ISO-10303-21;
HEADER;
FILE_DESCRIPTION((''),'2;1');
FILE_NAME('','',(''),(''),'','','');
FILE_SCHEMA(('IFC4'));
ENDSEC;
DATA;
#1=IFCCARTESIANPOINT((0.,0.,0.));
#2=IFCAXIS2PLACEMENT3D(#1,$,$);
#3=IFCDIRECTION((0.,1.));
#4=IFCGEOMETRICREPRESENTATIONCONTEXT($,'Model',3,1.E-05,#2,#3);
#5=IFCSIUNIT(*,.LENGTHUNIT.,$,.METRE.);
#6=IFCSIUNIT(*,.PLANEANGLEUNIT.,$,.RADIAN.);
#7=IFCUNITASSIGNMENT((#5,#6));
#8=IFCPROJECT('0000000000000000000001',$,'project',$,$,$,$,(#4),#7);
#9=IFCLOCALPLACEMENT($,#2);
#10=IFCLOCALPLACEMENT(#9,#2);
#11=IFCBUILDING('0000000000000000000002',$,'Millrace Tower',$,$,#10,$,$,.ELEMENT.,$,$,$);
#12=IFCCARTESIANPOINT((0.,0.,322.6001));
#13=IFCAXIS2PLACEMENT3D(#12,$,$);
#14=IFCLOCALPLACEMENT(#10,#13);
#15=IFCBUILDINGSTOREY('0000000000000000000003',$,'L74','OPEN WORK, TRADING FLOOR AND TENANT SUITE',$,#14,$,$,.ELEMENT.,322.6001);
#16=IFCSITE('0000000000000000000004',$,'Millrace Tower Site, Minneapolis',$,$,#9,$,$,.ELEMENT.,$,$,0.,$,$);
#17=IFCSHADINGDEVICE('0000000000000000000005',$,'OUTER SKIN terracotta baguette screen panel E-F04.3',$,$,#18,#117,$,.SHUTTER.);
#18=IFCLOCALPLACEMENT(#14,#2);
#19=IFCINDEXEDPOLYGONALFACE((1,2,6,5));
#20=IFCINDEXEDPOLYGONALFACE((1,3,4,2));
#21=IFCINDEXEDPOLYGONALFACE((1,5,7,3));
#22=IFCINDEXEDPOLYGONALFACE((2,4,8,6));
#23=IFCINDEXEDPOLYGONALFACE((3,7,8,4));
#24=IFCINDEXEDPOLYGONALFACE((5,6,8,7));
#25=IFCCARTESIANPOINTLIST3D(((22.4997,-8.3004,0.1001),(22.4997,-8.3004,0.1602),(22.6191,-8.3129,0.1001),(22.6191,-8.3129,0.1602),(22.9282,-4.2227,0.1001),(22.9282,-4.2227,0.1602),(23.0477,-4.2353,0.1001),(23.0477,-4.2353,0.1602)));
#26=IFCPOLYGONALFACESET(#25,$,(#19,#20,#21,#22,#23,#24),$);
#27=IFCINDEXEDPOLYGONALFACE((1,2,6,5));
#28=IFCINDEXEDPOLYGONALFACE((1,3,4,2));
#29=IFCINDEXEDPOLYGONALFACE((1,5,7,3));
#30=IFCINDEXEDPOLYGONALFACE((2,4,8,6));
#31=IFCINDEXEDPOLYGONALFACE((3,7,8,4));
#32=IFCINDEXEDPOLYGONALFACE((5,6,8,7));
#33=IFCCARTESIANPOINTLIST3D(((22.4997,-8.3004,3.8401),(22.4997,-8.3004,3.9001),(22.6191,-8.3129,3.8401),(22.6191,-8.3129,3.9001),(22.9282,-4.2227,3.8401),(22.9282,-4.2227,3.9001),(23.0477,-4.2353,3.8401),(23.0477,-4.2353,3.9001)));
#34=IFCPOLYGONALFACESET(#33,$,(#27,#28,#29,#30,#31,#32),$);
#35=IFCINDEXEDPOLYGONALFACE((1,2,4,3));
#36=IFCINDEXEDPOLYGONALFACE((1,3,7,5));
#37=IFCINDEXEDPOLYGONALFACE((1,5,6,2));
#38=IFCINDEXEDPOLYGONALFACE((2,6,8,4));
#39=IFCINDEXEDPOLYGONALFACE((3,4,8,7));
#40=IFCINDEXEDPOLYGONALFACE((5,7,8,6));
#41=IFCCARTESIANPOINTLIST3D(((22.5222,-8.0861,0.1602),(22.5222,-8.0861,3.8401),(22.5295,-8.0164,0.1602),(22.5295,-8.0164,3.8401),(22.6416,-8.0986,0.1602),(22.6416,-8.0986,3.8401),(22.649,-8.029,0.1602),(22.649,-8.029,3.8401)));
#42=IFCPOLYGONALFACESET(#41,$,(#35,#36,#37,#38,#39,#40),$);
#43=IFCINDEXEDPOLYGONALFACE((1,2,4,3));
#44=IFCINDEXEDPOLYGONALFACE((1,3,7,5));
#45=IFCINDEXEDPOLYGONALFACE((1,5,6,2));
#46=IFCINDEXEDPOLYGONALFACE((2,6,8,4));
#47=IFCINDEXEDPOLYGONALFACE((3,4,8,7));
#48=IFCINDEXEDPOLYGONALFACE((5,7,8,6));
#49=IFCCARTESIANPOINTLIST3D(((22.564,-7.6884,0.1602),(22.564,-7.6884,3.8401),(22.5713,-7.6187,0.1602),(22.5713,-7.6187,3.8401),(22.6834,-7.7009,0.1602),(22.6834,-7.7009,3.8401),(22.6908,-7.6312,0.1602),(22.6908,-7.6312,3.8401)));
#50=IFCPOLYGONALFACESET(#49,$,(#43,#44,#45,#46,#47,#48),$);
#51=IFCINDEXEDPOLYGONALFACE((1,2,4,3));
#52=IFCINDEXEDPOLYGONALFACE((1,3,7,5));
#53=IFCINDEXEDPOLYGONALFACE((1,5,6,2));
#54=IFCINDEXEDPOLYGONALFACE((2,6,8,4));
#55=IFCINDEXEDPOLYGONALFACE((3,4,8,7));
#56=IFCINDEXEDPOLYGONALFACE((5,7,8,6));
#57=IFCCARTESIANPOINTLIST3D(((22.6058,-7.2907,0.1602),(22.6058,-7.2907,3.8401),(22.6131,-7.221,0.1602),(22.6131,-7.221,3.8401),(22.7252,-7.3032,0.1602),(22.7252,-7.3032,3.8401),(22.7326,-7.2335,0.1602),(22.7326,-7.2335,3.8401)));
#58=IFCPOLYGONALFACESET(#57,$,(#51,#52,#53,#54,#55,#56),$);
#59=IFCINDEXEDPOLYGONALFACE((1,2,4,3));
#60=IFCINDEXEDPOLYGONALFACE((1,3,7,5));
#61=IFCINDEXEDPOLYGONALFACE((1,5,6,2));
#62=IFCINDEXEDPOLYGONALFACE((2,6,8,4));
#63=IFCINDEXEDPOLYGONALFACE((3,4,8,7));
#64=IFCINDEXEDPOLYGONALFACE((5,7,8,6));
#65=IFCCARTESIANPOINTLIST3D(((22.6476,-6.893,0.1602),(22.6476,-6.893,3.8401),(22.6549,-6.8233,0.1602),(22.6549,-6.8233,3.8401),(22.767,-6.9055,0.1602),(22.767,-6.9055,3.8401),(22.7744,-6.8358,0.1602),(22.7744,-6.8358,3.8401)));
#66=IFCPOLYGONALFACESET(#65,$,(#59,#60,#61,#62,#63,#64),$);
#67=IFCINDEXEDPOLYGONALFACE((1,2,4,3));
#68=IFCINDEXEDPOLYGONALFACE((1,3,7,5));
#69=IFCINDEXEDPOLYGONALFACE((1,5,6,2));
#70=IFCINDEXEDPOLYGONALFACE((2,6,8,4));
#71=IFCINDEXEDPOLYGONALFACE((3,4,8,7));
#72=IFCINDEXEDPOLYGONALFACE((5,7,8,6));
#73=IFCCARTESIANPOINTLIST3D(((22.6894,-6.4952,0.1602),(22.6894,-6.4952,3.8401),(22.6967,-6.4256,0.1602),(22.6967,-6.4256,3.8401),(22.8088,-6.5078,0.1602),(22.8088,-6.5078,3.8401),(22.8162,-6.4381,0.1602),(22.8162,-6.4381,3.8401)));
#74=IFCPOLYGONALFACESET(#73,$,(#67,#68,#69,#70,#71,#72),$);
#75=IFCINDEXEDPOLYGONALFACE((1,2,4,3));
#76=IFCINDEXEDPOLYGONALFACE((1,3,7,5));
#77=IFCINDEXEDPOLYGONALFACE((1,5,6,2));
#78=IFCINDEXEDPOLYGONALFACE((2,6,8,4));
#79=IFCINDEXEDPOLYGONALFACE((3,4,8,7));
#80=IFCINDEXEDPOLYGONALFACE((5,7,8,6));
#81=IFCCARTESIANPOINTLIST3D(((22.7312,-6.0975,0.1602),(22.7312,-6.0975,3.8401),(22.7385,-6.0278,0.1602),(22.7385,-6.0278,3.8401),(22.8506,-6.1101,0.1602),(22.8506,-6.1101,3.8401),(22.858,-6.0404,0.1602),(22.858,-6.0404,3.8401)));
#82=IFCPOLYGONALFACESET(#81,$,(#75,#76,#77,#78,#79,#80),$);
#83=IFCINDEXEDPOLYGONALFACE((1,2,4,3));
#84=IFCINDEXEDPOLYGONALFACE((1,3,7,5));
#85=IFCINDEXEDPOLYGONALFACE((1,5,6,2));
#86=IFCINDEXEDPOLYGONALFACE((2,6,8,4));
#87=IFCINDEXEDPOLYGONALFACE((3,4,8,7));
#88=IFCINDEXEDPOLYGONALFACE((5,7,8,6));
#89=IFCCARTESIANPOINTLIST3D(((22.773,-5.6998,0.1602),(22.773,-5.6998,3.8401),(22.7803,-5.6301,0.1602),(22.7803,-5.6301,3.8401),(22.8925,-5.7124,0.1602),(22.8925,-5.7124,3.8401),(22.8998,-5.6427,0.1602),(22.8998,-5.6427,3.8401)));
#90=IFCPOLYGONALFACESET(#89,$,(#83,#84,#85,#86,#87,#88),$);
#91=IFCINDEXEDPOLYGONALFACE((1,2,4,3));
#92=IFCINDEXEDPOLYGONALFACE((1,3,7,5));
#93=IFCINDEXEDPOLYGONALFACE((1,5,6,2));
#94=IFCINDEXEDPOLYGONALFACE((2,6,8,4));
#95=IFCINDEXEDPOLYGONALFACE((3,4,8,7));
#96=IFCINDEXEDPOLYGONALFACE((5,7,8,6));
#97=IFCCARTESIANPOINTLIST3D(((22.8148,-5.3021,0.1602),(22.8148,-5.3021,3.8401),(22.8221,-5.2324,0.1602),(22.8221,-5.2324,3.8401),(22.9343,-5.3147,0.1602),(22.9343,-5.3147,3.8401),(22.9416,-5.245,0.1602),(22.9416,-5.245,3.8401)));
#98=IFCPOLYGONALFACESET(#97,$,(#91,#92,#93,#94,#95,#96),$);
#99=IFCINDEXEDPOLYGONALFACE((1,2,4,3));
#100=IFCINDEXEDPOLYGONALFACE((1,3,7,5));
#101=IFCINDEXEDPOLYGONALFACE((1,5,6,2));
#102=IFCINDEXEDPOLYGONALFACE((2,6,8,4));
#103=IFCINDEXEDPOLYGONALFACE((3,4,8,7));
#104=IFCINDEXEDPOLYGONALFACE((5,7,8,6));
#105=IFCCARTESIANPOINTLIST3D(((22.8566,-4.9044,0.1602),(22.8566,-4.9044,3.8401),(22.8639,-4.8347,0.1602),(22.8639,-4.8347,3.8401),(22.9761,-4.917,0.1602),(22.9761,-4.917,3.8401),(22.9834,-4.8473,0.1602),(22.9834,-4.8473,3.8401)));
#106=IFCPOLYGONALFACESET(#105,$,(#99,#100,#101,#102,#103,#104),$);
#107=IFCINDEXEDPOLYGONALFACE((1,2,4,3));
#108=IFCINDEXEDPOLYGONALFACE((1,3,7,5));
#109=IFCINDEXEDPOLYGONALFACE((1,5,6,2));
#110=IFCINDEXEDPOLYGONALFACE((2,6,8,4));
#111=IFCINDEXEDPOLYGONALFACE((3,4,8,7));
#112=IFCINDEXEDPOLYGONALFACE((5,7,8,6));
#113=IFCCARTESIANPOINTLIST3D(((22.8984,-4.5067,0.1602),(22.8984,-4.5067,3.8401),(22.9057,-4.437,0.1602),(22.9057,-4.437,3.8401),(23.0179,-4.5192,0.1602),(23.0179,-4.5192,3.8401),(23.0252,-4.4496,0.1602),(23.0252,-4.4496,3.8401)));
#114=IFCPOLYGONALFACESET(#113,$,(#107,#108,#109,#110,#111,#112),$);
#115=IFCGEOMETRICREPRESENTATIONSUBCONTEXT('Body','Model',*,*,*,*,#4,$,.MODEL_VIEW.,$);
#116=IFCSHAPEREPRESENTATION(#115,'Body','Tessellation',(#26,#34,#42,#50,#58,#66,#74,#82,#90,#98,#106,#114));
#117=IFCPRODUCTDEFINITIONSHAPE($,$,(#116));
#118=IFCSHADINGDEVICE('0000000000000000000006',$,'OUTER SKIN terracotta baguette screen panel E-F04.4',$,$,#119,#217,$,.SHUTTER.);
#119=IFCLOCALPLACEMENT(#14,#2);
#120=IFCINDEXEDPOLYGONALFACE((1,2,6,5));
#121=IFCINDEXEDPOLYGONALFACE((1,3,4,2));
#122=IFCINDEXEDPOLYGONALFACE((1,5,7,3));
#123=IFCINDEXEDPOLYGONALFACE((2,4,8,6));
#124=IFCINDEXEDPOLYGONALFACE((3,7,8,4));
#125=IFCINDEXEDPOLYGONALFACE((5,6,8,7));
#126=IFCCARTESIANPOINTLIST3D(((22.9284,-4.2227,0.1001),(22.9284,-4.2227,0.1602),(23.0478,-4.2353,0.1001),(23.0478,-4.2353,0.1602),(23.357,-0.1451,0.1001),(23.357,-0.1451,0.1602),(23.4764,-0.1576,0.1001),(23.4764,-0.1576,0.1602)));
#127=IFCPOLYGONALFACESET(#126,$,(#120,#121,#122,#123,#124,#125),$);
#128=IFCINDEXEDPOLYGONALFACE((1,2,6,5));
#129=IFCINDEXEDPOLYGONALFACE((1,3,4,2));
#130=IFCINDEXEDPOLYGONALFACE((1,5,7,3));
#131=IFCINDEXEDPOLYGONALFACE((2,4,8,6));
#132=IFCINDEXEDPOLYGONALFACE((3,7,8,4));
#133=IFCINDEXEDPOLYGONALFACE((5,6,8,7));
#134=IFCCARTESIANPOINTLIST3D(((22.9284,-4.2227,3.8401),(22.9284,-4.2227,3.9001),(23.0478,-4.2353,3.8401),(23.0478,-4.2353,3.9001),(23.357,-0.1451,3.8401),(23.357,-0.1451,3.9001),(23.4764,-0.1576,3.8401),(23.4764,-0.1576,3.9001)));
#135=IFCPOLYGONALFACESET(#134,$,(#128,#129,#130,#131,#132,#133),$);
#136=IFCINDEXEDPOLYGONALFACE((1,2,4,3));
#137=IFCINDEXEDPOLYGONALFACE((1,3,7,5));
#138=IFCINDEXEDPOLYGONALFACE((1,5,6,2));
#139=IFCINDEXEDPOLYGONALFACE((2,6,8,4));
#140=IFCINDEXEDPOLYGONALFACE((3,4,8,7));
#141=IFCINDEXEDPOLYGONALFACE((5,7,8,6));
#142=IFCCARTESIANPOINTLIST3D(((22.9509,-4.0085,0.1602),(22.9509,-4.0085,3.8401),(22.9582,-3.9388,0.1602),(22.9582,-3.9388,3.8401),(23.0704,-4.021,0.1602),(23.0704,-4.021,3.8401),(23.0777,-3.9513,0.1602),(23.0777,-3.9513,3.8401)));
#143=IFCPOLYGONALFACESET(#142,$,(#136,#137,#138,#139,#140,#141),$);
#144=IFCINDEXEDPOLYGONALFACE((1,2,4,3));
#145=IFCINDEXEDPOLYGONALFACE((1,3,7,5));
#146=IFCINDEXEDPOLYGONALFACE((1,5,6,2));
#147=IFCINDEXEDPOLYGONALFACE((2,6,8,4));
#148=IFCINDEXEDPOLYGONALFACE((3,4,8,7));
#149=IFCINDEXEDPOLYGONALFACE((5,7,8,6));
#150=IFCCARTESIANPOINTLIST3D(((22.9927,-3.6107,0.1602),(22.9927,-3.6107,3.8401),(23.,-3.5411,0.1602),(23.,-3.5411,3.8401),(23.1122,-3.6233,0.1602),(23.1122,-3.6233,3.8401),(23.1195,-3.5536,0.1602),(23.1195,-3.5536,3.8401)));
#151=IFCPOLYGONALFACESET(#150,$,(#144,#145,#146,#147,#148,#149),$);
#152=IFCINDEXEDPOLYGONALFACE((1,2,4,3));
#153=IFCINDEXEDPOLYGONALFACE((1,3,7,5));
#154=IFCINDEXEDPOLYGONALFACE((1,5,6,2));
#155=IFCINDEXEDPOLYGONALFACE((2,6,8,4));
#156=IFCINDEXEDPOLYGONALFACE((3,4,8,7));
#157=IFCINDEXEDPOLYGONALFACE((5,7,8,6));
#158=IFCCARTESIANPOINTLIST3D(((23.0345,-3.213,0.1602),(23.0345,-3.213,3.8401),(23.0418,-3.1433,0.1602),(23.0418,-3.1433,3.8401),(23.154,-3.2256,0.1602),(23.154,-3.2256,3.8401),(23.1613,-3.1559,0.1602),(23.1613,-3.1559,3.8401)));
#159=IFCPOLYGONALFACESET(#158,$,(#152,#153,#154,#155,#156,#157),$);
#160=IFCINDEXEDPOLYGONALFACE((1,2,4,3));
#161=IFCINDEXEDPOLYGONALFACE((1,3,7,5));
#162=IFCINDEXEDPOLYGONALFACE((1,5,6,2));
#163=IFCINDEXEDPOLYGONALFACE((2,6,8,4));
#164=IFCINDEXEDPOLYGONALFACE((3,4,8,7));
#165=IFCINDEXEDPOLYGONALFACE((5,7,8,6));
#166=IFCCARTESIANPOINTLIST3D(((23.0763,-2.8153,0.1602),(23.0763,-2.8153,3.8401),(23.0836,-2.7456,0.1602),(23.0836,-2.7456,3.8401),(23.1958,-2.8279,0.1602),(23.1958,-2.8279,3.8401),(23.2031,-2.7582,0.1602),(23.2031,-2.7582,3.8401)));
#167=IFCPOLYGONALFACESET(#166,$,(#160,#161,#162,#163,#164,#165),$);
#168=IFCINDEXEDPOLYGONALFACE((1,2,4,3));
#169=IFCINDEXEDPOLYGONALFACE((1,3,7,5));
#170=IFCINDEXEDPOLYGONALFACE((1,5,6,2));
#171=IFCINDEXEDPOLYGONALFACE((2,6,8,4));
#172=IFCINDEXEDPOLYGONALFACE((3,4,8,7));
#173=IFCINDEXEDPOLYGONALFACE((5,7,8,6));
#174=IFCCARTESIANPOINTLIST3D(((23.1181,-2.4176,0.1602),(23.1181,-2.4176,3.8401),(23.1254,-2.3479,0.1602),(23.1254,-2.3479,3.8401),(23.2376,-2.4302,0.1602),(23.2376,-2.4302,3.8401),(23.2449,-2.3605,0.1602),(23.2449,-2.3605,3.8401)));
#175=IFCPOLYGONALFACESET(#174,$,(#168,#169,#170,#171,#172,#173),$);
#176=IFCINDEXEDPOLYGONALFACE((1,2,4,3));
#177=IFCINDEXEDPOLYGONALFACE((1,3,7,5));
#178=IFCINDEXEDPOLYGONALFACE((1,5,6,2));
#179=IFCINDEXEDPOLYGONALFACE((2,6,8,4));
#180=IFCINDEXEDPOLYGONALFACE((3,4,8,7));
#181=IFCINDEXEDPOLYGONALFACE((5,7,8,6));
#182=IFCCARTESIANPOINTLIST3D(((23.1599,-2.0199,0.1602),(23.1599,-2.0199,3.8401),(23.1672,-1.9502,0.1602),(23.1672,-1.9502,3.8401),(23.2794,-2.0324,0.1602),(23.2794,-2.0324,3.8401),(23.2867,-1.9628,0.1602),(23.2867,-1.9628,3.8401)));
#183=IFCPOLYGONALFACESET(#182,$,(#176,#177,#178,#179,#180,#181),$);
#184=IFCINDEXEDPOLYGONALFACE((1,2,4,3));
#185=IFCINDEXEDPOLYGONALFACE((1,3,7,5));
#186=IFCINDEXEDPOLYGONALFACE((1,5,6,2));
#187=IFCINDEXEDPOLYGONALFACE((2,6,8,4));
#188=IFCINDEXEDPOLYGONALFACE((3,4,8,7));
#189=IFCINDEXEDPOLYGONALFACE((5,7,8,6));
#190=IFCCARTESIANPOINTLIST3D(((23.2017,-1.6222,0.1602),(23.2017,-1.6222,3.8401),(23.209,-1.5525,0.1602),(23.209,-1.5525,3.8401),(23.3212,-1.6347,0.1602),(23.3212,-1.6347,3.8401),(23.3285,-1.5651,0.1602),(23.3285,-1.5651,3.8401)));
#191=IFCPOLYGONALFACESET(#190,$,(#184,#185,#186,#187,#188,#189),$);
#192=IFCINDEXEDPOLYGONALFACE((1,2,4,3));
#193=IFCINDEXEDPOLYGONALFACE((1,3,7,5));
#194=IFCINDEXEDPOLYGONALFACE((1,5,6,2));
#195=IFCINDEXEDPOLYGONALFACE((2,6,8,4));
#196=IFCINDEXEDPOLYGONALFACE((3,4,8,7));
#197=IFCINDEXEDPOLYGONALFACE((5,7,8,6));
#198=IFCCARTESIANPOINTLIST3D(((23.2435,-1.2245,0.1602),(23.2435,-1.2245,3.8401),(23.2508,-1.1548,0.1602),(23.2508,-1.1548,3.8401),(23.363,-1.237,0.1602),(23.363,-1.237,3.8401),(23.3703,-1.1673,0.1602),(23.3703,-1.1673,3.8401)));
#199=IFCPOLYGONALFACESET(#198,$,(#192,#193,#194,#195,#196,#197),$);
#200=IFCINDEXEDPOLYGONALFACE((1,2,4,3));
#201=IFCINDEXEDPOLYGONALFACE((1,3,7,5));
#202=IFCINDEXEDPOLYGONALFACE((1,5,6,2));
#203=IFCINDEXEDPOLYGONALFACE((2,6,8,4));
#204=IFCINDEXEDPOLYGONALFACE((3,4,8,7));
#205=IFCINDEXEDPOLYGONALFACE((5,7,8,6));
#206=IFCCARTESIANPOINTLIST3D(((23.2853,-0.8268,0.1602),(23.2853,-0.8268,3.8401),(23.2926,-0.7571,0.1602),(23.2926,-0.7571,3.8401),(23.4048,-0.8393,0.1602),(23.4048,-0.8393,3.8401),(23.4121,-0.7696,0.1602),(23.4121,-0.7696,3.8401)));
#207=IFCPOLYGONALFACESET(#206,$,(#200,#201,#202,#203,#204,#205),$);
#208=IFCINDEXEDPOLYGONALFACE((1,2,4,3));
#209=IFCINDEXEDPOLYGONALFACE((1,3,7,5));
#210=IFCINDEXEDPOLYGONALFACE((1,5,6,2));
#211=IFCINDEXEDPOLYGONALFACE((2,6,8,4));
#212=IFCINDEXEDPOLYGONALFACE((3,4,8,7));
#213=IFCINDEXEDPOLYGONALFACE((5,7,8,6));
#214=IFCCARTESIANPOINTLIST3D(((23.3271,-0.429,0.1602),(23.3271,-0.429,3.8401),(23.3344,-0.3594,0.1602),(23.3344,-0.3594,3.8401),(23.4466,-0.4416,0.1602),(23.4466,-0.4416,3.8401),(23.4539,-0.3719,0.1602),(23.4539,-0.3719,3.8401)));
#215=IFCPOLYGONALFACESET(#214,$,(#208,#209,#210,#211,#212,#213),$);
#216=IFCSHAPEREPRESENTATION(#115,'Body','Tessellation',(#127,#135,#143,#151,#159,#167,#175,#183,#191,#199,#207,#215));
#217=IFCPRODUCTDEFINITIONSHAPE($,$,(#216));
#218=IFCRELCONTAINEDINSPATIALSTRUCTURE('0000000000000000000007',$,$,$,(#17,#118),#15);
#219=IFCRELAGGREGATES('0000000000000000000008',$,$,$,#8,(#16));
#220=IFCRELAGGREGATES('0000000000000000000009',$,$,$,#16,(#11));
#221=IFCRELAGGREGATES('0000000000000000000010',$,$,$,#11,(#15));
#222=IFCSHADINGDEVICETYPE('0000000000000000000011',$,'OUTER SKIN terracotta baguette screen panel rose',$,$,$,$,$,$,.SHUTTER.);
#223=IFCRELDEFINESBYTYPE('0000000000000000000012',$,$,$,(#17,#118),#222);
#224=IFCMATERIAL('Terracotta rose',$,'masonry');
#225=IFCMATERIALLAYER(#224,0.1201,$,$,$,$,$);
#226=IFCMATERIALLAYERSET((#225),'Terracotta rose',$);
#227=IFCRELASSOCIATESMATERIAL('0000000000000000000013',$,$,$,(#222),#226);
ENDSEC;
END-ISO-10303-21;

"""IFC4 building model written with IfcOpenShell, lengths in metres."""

from ifc_helpers import new_model, entity, si_unit, direction, frame, frame_2d, origin, place, context, subcontext, project, spatial, rectangle, extrude, source, transform, mapped, material, layer, layer_set, type_object, element, save


model = new_model("IFC4")

# Units and contexts
model_context = context("Model", 3, precision=1e-05, world=origin(), true_north=direction((0.0, 1.0)))
body_context = subcontext(model_context, "Body", "Model", "MODEL_VIEW")
ifc_project = project(units=[si_unit("LENGTHUNIT", "METRE"), si_unit("PLANEANGLEUNIT", "RADIAN")], contexts=[model_context])

# Site, building, storey
site_placement = place(None, origin())
site = spatial("IfcSite", under=ifc_project, at=site_placement, Name="Millrace Tower Site, Minneapolis", CompositionType="ELEMENT", RefElevation=0.0)
building_placement = place(site_placement, origin())
building = spatial("IfcBuilding", under=site, at=building_placement, Name="Millrace Tower", CompositionType="ELEMENT")
storey_placement = place(building_placement, frame((0.0, 0.0, 322.6001)))
storey = spatial("IfcBuildingStorey", under=building, at=storey_placement, Name="L74", Description="OPEN WORK, TRADING FLOOR AND TENANT SUITE", CompositionType="ELEMENT", Elevation=322.6001)

# Shading devices
ifc_material_1 = material(Name="Terracotta rose", Category="masonry")
ifc_layer_1 = layer(ifc_material_1, 0.1201)
ifc_layer_set_1 = layer_set([ifc_layer_1], Name="Terracotta rose")
shading_device_type = type_object("IfcShadingDeviceType", Name="OUTER SKIN terracotta baguette screen panel rose", PredefinedType="SHUTTER", material=ifc_layer_set_1)
cartesian_point = entity("IfcCartesianPoint", [-2.05, 0.0601])
shared_polyline = entity("IfcPolyline", [cartesian_point, entity("IfcCartesianPoint", [2.05, 0.0601]), entity("IfcCartesianPoint", [2.05, -0.0601]), entity("IfcCartesianPoint", [-2.05, -0.0601]), cartesian_point])
shared_shape = source(origin(), body_context, "Body", "SweptSolid", [
    entity("IfcExtrudedAreaSolid", entity("IfcArbitraryClosedProfileDef", "AREA", None, shared_polyline), entity("IfcAxis2Placement3D", entity("IfcCartesianPoint", [0.0, 0.0, 0.0])), entity("IfcDirection", [0.0, 0.0, 1.0]), 0.0601),
    entity("IfcExtrudedAreaSolid", entity("IfcArbitraryClosedProfileDef", "AREA", None, shared_polyline), entity("IfcAxis2Placement3D", entity("IfcCartesianPoint", [0.0, 0.0, 3.74])), entity("IfcDirection", [0.0, 0.0, 1.0]), 0.0601),
    extrude(rectangle(XDim=0.0701, YDim=0.1201, at=frame_2d((-1.7996, 0.0))), frame((0.0, 0.0, 0.0601)), (0.0, 0.0, 1.0), 3.6799),
    extrude(rectangle(XDim=0.0701, YDim=0.1201, at=frame_2d((-1.3997, 0.0))), frame((0.0, 0.0, 0.0601)), (0.0, 0.0, 1.0), 3.6799),
    extrude(rectangle(XDim=0.0701, YDim=0.1201, at=frame_2d((-0.9998, 0.0))), frame((0.0, 0.0, 0.0601)), (0.0, 0.0, 1.0), 3.6799),
    extrude(rectangle(XDim=0.0701, YDim=0.1201, at=frame_2d((-0.5999, 0.0))), frame((0.0, 0.0, 0.0601)), (0.0, 0.0, 1.0), 3.6799),
    extrude(rectangle(XDim=0.0701, YDim=0.1201, at=frame_2d((-0.2, 0.0))), frame((0.0, 0.0, 0.0601)), (0.0, 0.0, 1.0), 3.6799),
    extrude(rectangle(XDim=0.0701, YDim=0.1201, at=frame_2d((0.2, 0.0))), frame((0.0, 0.0, 0.0601)), (0.0, 0.0, 1.0), 3.6799),
    extrude(rectangle(XDim=0.0701, YDim=0.1201, at=frame_2d((0.5999, 0.0))), frame((0.0, 0.0, 0.0601)), (0.0, 0.0, 1.0), 3.6799),
    extrude(rectangle(XDim=0.0701, YDim=0.1201, at=frame_2d((0.9998, 0.0))), frame((0.0, 0.0, 0.0601)), (0.0, 0.0, 1.0), 3.6799),
    extrude(rectangle(XDim=0.0701, YDim=0.1201, at=frame_2d((1.3997, 0.0))), frame((0.0, 0.0, 0.0601)), (0.0, 0.0, 1.0), 3.6799),
    extrude(rectangle(XDim=0.0701, YDim=0.1201, at=frame_2d((1.7996, 0.0))), frame((0.0, 0.0, 0.0601)), (0.0, 0.0, 1.0), 3.6799),
])
for number, where, z_axis, x_axis, name in (
    (1, (22.7737, -6.2678, 0.1001), (0.0, 0.0, 1.0), (0.104528, 0.994522, 0.0), "OUTER SKIN terracotta baguette screen panel E-F04.3"),
    (2, (23.2024, -2.1902, 0.1001), (0.0, 0.0, 1.0), (0.104528, 0.994522, 0.0), "OUTER SKIN terracotta baguette screen panel E-F04.4"),
):
    element("IfcShadingDevice", number, at=place(storey_placement, frame(where, z_axis=z_axis, x_axis=x_axis)), inside=storey, type_object=shading_device_type, Name=name, PredefinedType="SHUTTER", context=body_context, shape_type="MappedRepresentation", body=[
        mapped(shared_shape, transform((0.0, 0.0, 0.0), scale=1.0)),
    ])

save(model, "model.ifc")
